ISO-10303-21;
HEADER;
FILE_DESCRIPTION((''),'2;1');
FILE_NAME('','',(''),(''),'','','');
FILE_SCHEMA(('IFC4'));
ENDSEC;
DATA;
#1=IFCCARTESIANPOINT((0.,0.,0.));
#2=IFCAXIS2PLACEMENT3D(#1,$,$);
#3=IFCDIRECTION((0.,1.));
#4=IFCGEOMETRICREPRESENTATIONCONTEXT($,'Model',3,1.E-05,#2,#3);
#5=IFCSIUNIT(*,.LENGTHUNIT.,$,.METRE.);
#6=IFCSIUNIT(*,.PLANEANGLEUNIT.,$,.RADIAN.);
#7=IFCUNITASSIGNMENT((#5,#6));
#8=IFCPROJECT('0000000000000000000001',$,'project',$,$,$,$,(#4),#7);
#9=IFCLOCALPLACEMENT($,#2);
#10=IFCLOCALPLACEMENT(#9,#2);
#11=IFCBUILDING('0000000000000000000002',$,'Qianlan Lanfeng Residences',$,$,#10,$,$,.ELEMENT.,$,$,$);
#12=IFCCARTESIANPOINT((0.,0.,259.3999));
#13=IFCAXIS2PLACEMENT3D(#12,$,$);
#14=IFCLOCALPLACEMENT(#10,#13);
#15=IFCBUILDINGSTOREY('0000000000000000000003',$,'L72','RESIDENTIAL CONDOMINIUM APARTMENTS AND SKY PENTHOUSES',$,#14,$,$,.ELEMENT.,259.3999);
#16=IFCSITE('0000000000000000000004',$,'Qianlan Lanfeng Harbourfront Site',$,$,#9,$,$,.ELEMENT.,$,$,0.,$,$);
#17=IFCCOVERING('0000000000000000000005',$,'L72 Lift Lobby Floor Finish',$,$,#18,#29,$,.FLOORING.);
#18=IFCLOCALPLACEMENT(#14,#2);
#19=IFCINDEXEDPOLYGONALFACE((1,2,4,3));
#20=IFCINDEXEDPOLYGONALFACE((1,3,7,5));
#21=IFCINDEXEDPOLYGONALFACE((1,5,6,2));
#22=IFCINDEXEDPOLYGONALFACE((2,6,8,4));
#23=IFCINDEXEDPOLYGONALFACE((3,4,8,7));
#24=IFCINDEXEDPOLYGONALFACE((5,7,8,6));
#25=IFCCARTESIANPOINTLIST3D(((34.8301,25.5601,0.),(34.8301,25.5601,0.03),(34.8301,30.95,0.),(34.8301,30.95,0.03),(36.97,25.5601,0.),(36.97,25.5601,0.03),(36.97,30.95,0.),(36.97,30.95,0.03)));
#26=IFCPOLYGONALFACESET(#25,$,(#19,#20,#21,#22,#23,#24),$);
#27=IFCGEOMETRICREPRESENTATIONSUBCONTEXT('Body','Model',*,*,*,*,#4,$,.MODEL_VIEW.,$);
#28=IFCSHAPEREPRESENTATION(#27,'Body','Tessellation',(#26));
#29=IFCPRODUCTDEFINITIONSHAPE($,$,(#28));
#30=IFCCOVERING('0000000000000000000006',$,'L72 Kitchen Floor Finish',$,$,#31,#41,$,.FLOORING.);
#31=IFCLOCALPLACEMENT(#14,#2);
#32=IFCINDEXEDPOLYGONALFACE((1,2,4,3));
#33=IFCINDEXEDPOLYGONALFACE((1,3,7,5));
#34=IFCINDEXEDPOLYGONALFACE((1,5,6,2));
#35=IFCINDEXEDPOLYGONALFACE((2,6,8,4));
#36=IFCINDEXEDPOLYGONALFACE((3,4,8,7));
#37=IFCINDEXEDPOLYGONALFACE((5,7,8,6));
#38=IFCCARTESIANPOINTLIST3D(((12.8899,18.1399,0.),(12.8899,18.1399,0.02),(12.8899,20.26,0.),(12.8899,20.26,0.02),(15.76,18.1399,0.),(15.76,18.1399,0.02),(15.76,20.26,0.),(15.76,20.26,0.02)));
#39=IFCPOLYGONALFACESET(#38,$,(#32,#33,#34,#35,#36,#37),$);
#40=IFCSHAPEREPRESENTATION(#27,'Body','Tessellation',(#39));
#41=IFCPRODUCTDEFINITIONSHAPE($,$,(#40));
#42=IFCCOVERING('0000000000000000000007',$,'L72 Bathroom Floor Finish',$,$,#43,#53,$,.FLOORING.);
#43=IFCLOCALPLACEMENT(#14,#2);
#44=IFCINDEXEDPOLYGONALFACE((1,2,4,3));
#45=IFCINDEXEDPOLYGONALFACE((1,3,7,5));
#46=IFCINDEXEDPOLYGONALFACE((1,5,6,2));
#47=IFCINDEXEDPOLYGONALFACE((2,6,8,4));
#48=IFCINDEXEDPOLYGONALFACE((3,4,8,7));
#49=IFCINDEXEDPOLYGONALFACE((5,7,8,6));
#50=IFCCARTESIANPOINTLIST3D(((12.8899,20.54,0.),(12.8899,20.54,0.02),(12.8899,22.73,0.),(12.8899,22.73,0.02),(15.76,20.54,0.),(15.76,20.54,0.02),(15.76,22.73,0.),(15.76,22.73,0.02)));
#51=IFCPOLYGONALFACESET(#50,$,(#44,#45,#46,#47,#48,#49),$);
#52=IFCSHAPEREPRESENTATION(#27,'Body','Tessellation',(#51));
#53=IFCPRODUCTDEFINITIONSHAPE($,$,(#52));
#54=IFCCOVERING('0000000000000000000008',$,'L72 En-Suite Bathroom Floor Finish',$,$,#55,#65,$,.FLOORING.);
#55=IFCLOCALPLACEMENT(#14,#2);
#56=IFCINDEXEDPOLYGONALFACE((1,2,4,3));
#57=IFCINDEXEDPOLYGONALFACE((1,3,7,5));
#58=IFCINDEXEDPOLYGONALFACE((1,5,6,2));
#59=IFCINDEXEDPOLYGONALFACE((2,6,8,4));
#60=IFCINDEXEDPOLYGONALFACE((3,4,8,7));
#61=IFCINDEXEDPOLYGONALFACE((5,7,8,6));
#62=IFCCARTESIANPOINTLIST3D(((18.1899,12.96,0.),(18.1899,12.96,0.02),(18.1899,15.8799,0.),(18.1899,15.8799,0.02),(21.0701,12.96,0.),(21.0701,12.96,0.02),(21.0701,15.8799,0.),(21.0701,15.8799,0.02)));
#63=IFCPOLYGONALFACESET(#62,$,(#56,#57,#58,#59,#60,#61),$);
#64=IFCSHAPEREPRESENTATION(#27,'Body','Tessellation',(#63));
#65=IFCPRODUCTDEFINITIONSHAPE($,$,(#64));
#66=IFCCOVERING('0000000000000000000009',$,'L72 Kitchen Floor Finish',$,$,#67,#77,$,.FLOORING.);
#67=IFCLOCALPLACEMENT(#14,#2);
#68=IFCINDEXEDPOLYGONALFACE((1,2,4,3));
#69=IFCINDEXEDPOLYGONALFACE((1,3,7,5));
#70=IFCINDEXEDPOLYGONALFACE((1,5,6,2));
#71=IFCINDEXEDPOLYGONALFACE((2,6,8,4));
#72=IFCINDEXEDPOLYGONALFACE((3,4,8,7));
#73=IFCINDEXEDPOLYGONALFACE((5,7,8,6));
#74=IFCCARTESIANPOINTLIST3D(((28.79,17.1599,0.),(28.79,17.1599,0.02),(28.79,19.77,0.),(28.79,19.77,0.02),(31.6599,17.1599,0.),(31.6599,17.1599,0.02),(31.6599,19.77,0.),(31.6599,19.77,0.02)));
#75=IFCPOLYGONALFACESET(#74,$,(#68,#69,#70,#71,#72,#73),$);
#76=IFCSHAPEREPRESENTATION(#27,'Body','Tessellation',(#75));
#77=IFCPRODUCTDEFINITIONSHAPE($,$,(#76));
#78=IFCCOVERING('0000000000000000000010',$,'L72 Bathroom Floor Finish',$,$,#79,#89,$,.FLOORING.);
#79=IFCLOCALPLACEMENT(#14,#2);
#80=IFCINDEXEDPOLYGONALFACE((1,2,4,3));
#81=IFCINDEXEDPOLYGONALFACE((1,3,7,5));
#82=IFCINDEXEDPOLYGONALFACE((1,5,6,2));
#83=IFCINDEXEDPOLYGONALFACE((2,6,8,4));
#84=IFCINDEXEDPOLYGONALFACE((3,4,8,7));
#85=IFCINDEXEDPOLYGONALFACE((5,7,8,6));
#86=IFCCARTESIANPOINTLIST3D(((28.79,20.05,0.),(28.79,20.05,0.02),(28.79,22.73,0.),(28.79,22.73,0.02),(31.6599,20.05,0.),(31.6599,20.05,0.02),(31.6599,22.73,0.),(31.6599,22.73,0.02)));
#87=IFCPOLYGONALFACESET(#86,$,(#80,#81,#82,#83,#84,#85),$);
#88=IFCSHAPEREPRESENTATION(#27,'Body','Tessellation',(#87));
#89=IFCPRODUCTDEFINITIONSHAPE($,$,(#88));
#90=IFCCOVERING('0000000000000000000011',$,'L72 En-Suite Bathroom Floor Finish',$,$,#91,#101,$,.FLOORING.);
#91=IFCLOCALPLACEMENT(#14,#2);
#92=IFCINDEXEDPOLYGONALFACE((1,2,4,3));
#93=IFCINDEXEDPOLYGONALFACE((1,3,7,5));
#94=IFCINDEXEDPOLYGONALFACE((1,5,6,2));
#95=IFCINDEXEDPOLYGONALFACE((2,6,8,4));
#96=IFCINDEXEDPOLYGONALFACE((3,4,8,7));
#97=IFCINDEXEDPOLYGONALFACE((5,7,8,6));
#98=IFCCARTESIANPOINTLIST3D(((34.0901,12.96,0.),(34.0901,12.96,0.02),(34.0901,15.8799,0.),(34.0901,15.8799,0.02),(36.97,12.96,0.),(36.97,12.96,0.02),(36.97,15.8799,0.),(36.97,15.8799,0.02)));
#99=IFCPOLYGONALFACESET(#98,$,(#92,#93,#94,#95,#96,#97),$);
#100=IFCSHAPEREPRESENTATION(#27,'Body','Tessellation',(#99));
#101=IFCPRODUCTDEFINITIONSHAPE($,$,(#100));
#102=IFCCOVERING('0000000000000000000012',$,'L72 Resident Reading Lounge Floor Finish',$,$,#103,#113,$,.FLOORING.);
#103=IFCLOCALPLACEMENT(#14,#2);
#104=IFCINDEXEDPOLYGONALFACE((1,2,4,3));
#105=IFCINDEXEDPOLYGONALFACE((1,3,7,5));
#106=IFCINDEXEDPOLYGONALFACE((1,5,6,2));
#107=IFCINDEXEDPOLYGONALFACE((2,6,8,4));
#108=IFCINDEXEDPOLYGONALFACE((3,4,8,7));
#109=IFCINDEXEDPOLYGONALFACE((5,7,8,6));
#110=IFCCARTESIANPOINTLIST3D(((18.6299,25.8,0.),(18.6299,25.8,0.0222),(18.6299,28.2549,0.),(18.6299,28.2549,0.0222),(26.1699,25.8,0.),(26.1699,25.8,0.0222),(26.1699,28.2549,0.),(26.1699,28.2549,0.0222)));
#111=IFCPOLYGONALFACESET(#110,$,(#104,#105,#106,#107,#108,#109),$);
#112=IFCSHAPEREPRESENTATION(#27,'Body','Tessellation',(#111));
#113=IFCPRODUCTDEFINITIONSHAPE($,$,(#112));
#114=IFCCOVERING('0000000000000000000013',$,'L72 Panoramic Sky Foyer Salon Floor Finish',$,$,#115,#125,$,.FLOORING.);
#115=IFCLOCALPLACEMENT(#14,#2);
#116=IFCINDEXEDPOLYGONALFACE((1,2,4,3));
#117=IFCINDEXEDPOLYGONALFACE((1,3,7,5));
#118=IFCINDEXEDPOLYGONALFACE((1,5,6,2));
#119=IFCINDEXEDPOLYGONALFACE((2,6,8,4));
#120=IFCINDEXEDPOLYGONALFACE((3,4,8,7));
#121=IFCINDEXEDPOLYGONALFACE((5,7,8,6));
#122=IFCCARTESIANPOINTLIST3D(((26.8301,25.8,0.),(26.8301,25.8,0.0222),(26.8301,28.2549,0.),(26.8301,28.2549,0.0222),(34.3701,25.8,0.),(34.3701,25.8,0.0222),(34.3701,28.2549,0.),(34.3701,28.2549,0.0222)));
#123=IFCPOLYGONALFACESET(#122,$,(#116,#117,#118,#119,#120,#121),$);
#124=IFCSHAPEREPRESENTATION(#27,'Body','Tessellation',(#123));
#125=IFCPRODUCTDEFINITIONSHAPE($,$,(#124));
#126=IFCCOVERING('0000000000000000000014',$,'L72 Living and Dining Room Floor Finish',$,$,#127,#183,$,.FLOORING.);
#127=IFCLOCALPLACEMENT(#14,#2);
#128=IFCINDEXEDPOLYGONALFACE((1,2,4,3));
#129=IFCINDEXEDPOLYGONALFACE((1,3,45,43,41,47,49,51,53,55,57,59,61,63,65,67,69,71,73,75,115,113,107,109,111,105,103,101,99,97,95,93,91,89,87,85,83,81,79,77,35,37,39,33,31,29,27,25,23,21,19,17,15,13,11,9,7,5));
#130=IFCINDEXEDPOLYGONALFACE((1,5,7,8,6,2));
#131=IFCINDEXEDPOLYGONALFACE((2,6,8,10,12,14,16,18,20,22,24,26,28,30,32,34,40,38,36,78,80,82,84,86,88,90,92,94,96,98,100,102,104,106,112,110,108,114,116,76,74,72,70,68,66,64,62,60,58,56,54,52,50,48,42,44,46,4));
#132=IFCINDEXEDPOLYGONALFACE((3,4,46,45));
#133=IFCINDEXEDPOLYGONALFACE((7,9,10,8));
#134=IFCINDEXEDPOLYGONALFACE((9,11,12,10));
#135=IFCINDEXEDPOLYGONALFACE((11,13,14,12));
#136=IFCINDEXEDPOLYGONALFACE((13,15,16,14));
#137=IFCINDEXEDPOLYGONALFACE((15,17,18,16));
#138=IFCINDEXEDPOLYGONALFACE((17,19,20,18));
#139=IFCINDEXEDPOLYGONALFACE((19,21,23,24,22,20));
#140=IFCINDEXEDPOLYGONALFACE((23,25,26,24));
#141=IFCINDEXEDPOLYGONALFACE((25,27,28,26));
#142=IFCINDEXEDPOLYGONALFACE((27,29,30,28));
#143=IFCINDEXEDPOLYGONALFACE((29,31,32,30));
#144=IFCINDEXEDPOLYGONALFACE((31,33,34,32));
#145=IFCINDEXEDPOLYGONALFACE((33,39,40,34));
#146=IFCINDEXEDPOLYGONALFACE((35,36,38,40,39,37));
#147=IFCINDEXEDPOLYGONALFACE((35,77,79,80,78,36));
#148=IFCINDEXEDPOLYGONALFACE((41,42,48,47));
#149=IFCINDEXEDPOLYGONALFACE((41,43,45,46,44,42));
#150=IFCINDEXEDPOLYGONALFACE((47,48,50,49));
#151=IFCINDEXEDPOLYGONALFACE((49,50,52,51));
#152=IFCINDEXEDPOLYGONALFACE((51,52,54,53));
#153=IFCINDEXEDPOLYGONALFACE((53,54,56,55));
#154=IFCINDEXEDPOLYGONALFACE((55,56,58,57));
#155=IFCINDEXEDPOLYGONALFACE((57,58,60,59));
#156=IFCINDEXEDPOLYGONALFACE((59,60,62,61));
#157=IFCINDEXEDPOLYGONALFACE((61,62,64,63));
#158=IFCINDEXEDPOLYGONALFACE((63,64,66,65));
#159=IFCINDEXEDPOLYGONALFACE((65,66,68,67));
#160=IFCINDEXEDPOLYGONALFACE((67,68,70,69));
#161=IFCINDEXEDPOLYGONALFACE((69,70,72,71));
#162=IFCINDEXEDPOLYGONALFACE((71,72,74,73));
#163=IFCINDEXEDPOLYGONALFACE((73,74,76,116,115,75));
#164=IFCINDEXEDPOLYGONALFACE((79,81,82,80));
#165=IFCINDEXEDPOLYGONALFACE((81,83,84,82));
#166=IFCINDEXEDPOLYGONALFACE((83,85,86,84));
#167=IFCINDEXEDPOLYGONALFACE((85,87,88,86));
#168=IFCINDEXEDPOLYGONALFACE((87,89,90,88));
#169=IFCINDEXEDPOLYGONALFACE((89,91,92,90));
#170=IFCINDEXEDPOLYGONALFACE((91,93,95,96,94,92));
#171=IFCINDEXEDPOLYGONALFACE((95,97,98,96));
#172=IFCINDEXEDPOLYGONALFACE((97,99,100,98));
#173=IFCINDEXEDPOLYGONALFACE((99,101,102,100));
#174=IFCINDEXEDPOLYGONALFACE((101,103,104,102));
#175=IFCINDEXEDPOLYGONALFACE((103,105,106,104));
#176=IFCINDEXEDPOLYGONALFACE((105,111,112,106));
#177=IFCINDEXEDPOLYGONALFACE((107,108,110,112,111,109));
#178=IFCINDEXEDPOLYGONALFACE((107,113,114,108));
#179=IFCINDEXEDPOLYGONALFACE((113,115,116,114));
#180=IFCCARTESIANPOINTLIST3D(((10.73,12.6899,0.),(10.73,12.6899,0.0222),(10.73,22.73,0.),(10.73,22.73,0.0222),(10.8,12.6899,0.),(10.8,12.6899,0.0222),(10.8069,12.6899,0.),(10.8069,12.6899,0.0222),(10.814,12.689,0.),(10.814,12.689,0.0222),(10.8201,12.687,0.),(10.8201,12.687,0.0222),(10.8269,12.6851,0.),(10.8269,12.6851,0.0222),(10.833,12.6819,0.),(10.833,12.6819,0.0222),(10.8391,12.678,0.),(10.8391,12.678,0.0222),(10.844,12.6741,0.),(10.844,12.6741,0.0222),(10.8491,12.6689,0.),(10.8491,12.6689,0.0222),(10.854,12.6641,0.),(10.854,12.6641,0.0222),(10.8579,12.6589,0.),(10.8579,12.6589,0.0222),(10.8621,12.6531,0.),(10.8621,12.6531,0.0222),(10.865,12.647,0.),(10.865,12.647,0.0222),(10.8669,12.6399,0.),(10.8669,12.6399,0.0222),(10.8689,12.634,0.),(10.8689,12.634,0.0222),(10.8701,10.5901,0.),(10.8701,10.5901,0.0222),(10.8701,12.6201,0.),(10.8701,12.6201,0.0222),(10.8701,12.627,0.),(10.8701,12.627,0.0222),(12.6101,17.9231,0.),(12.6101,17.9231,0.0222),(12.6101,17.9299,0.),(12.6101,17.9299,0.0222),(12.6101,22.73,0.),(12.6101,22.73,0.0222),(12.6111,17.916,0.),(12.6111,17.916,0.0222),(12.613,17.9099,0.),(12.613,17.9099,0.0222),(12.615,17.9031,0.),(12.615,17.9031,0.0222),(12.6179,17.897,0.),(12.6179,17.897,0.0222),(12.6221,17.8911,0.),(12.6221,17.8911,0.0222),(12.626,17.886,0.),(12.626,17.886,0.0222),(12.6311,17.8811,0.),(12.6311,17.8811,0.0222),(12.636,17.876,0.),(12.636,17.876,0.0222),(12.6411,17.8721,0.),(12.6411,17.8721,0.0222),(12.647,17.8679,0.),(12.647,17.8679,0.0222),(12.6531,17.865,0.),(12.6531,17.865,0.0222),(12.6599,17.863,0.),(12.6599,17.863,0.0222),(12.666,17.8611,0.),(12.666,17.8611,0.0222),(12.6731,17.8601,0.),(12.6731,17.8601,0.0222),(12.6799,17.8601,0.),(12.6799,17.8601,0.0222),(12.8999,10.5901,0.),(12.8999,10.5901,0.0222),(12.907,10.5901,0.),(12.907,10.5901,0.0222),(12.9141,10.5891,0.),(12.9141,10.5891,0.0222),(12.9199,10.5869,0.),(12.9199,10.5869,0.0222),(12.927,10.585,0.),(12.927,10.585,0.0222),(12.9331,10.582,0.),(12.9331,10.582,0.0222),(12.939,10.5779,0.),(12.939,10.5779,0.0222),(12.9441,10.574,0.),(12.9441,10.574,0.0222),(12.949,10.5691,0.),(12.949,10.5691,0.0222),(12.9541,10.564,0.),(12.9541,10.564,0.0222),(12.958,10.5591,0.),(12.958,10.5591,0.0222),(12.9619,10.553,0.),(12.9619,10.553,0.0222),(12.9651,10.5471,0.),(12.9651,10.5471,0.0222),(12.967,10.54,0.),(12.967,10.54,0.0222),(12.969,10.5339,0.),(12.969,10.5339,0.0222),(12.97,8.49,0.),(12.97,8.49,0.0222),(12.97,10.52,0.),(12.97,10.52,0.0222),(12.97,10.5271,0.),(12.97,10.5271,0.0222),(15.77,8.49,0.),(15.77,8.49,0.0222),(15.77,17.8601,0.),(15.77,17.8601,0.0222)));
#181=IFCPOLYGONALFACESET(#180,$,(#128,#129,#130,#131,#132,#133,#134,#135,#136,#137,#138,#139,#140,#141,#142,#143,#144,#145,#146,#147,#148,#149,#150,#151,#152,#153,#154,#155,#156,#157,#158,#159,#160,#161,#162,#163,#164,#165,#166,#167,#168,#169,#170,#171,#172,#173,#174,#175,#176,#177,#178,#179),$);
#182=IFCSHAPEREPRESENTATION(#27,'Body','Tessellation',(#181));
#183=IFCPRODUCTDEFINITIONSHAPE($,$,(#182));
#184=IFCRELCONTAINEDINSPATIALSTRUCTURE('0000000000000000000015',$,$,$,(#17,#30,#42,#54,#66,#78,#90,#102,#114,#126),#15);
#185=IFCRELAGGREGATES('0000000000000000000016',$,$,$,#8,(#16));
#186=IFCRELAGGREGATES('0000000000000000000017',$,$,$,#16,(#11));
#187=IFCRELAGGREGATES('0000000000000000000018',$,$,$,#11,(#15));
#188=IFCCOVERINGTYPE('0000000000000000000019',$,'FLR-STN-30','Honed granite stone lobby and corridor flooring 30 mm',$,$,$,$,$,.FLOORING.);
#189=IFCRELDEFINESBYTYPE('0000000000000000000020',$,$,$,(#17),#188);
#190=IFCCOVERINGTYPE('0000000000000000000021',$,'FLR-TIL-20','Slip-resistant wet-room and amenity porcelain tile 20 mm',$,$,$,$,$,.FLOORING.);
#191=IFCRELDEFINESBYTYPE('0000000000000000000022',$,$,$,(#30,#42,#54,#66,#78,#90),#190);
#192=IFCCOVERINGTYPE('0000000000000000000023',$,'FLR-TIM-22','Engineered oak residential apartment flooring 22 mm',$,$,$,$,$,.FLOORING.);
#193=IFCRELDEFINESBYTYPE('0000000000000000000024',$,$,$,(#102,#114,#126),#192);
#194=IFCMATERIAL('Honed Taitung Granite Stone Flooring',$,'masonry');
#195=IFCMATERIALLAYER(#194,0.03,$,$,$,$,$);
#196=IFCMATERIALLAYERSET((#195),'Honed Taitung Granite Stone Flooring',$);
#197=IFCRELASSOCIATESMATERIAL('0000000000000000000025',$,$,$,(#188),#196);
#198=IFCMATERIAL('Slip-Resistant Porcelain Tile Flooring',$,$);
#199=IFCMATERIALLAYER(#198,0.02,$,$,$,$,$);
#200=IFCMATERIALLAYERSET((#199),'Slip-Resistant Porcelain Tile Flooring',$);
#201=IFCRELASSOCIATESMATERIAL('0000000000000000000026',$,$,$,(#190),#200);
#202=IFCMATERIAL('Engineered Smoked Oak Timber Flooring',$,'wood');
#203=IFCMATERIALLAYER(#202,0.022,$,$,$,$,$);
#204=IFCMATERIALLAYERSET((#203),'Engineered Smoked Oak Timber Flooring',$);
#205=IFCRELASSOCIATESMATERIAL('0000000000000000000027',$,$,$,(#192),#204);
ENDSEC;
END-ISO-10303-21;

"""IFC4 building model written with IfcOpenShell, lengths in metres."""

from ifc_helpers import new_model, si_unit, direction, frame, origin, place, context, subcontext, project, spatial, polyline, outline, extrude, material, layer, layer_set, type_object, element, save


model = new_model("IFC4")

# Units and contexts
model_context = context("Model", 3, precision=1e-05, world=origin(), true_north=direction((0.0, 1.0)))
body_context = subcontext(model_context, "Body", "Model", "MODEL_VIEW")
ifc_project = project(units=[si_unit("LENGTHUNIT", "METRE"), si_unit("PLANEANGLEUNIT", "RADIAN")], contexts=[model_context])

# Site, building, storey
site_placement = place(None, origin())
site = spatial("IfcSite", under=ifc_project, at=site_placement, Name="Qianlan Lanfeng Harbourfront Site", CompositionType="ELEMENT", RefElevation=0.0)
building_placement = place(site_placement, origin())
building = spatial("IfcBuilding", under=site, at=building_placement, Name="Qianlan Lanfeng Residences", CompositionType="ELEMENT")
storey_placement = place(building_placement, frame((0.0, 0.0, 259.3999)))
storey = spatial("IfcBuildingStorey", under=building, at=storey_placement, Name="L72", Description="RESIDENTIAL CONDOMINIUM APARTMENTS AND SKY PENTHOUSES", CompositionType="ELEMENT", Elevation=259.3999)

# Coverings
ifc_material_1 = material(Name="Honed Taitung Granite Stone Flooring", Category="masonry")
ifc_layer_1 = layer(ifc_material_1, 0.03)
ifc_layer_set_1 = layer_set([ifc_layer_1], Name="Honed Taitung Granite Stone Flooring")
covering_type_1 = type_object("IfcCoveringType", Name="FLR-STN-30", Description="Honed granite stone lobby and corridor flooring 30 mm", PredefinedType="FLOORING", material=ifc_layer_set_1)
covering_1_placement = place(storey_placement, origin())
element("IfcCovering", 1, at=covering_1_placement, inside=storey, type_object=covering_type_1, Name="L72 Lift Lobby Floor Finish", PredefinedType="FLOORING", context=body_context, shape_type="SweptSolid", body=[
    extrude(outline(polyline([(34.8301, 25.5601), (36.97, 25.5601), (36.97, 30.95), (34.8301, 30.95), (34.8301, 25.5601)])), origin(), (0.0, 0.0, 1.0), 0.03),
])
ifc_material_2 = material(Name="Slip-Resistant Porcelain Tile Flooring")
ifc_layer_2 = layer(ifc_material_2, 0.02)
ifc_layer_set_2 = layer_set([ifc_layer_2], Name="Slip-Resistant Porcelain Tile Flooring")
covering_type_2 = type_object("IfcCoveringType", Name="FLR-TIL-20", Description="Slip-resistant wet-room and amenity porcelain tile 20 mm", PredefinedType="FLOORING", material=ifc_layer_set_2)
covering_2_placement = place(storey_placement, origin())
element("IfcCovering", 2, at=covering_2_placement, inside=storey, type_object=covering_type_2, Name="L72 Kitchen Floor Finish", PredefinedType="FLOORING", context=body_context, shape_type="SweptSolid", body=[
    extrude(outline(polyline([(12.8899, 18.1399), (15.76, 18.1399), (15.76, 20.26), (12.8899, 20.26), (12.8899, 18.1399)])), origin(), (0.0, 0.0, 1.0), 0.02),
])
covering_3_placement = place(storey_placement, origin())
element("IfcCovering", 3, at=covering_3_placement, inside=storey, type_object=covering_type_2, Name="L72 Bathroom Floor Finish", PredefinedType="FLOORING", context=body_context, shape_type="SweptSolid", body=[
    extrude(outline(polyline([(12.8899, 20.54), (15.76, 20.54), (15.76, 22.73), (12.8899, 22.73), (12.8899, 20.54)])), origin(), (0.0, 0.0, 1.0), 0.02),
])
covering_4_placement = place(storey_placement, origin())
element("IfcCovering", 4, at=covering_4_placement, inside=storey, type_object=covering_type_2, Name="L72 En-Suite Bathroom Floor Finish", PredefinedType="FLOORING", context=body_context, shape_type="SweptSolid", body=[
    extrude(outline(polyline([(18.1899, 12.96), (21.0701, 12.96), (21.0701, 15.8799), (18.1899, 15.8799), (18.1899, 12.96)])), origin(), (0.0, 0.0, 1.0), 0.02),
])
covering_5_placement = place(storey_placement, origin())
element("IfcCovering", 5, at=covering_5_placement, inside=storey, type_object=covering_type_2, Name="L72 Kitchen Floor Finish", PredefinedType="FLOORING", context=body_context, shape_type="SweptSolid", body=[
    extrude(outline(polyline([(28.79, 17.1599), (31.6599, 17.1599), (31.6599, 19.77), (28.79, 19.77), (28.79, 17.1599)])), origin(), (0.0, 0.0, 1.0), 0.02),
])
covering_6_placement = place(storey_placement, origin())
element("IfcCovering", 6, at=covering_6_placement, inside=storey, type_object=covering_type_2, Name="L72 Bathroom Floor Finish", PredefinedType="FLOORING", context=body_context, shape_type="SweptSolid", body=[
    extrude(outline(polyline([(28.79, 20.05), (31.6599, 20.05), (31.6599, 22.73), (28.79, 22.73), (28.79, 20.05)])), origin(), (0.0, 0.0, 1.0), 0.02),
])
covering_7_placement = place(storey_placement, origin())
element("IfcCovering", 7, at=covering_7_placement, inside=storey, type_object=covering_type_2, Name="L72 En-Suite Bathroom Floor Finish", PredefinedType="FLOORING", context=body_context, shape_type="SweptSolid", body=[
    extrude(outline(polyline([(34.0901, 12.96), (36.97, 12.96), (36.97, 15.8799), (34.0901, 15.8799), (34.0901, 12.96)])), origin(), (0.0, 0.0, 1.0), 0.02),
])
ifc_material_3 = material(Name="Engineered Smoked Oak Timber Flooring", Category="wood")
ifc_layer_3 = layer(ifc_material_3, 0.022)
ifc_layer_set_3 = layer_set([ifc_layer_3], Name="Engineered Smoked Oak Timber Flooring")
covering_type_3 = type_object("IfcCoveringType", Name="FLR-TIM-22", Description="Engineered oak residential apartment flooring 22 mm", PredefinedType="FLOORING", material=ifc_layer_set_3)
covering_8_placement = place(storey_placement, origin())
element("IfcCovering", 8, at=covering_8_placement, inside=storey, type_object=covering_type_3, Name="L72 Resident Reading Lounge Floor Finish", PredefinedType="FLOORING", context=body_context, shape_type="SweptSolid", body=[
    extrude(outline(polyline([(18.6299, 25.8), (26.1699, 25.8), (26.1699, 28.2549), (18.6299, 28.2549), (18.6299, 25.8)])), origin(), (0.0, 0.0, 1.0), 0.0222),
])
covering_9_placement = place(storey_placement, origin())
element("IfcCovering", 9, at=covering_9_placement, inside=storey, type_object=covering_type_3, Name="L72 Panoramic Sky Foyer Salon Floor Finish", PredefinedType="FLOORING", context=body_context, shape_type="SweptSolid", body=[
    extrude(outline(polyline([(26.8301, 25.8), (34.3701, 25.8), (34.3701, 28.2549), (26.8301, 28.2549), (26.8301, 25.8)])), origin(), (0.0, 0.0, 1.0), 0.0222),
])
covering_10_placement = place(storey_placement, origin())
element("IfcCovering", 10, at=covering_10_placement, inside=storey, type_object=covering_type_3, Name="L72 Living and Dining Room Floor Finish", PredefinedType="FLOORING", context=body_context, shape_type="SweptSolid", body=[
    extrude(outline(polyline([(15.77, 8.49), (15.77, 17.8601), (12.6799, 17.8601), (12.6731, 17.8601), (12.666, 17.8611), (12.6599, 17.863), (12.6531, 17.865), (12.647, 17.8679), (12.6411, 17.8721), (12.636, 17.876), (12.6311, 17.8811), (12.626, 17.886), (12.6221, 17.8911), (12.6179, 17.897), (12.615, 17.9031), (12.613, 17.9099), (12.6111, 17.916), (12.6101, 17.9231), (12.6101, 17.9299), (12.6101, 22.73), (10.73, 22.73), (10.73, 12.6899), (10.8, 12.6899), (10.8069, 12.6899), (10.814, 12.689), (10.8201, 12.687), (10.8269, 12.6851), (10.833, 12.6819), (10.8391, 12.678), (10.844, 12.6741), (10.8491, 12.6689), (10.854, 12.6641), (10.8579, 12.6589), (10.8621, 12.6531), (10.865, 12.647), (10.8669, 12.6399), (10.8689, 12.634), (10.8701, 12.627), (10.8701, 12.6201), (10.8701, 10.5901), (12.8999, 10.5901), (12.907, 10.5901), (12.9141, 10.5891), (12.9199, 10.5869), (12.927, 10.585), (12.9331, 10.582), (12.939, 10.5779), (12.9441, 10.574), (12.949, 10.5691), (12.9541, 10.564), (12.958, 10.5591), (12.9619, 10.553), (12.9651, 10.5471), (12.967, 10.54), (12.969, 10.5339), (12.97, 10.5271), (12.97, 10.52), (12.97, 8.49), (15.77, 8.49)])), origin(), (0.0, 0.0, 1.0), 0.0222),
])

save(model, "model.ifc")
